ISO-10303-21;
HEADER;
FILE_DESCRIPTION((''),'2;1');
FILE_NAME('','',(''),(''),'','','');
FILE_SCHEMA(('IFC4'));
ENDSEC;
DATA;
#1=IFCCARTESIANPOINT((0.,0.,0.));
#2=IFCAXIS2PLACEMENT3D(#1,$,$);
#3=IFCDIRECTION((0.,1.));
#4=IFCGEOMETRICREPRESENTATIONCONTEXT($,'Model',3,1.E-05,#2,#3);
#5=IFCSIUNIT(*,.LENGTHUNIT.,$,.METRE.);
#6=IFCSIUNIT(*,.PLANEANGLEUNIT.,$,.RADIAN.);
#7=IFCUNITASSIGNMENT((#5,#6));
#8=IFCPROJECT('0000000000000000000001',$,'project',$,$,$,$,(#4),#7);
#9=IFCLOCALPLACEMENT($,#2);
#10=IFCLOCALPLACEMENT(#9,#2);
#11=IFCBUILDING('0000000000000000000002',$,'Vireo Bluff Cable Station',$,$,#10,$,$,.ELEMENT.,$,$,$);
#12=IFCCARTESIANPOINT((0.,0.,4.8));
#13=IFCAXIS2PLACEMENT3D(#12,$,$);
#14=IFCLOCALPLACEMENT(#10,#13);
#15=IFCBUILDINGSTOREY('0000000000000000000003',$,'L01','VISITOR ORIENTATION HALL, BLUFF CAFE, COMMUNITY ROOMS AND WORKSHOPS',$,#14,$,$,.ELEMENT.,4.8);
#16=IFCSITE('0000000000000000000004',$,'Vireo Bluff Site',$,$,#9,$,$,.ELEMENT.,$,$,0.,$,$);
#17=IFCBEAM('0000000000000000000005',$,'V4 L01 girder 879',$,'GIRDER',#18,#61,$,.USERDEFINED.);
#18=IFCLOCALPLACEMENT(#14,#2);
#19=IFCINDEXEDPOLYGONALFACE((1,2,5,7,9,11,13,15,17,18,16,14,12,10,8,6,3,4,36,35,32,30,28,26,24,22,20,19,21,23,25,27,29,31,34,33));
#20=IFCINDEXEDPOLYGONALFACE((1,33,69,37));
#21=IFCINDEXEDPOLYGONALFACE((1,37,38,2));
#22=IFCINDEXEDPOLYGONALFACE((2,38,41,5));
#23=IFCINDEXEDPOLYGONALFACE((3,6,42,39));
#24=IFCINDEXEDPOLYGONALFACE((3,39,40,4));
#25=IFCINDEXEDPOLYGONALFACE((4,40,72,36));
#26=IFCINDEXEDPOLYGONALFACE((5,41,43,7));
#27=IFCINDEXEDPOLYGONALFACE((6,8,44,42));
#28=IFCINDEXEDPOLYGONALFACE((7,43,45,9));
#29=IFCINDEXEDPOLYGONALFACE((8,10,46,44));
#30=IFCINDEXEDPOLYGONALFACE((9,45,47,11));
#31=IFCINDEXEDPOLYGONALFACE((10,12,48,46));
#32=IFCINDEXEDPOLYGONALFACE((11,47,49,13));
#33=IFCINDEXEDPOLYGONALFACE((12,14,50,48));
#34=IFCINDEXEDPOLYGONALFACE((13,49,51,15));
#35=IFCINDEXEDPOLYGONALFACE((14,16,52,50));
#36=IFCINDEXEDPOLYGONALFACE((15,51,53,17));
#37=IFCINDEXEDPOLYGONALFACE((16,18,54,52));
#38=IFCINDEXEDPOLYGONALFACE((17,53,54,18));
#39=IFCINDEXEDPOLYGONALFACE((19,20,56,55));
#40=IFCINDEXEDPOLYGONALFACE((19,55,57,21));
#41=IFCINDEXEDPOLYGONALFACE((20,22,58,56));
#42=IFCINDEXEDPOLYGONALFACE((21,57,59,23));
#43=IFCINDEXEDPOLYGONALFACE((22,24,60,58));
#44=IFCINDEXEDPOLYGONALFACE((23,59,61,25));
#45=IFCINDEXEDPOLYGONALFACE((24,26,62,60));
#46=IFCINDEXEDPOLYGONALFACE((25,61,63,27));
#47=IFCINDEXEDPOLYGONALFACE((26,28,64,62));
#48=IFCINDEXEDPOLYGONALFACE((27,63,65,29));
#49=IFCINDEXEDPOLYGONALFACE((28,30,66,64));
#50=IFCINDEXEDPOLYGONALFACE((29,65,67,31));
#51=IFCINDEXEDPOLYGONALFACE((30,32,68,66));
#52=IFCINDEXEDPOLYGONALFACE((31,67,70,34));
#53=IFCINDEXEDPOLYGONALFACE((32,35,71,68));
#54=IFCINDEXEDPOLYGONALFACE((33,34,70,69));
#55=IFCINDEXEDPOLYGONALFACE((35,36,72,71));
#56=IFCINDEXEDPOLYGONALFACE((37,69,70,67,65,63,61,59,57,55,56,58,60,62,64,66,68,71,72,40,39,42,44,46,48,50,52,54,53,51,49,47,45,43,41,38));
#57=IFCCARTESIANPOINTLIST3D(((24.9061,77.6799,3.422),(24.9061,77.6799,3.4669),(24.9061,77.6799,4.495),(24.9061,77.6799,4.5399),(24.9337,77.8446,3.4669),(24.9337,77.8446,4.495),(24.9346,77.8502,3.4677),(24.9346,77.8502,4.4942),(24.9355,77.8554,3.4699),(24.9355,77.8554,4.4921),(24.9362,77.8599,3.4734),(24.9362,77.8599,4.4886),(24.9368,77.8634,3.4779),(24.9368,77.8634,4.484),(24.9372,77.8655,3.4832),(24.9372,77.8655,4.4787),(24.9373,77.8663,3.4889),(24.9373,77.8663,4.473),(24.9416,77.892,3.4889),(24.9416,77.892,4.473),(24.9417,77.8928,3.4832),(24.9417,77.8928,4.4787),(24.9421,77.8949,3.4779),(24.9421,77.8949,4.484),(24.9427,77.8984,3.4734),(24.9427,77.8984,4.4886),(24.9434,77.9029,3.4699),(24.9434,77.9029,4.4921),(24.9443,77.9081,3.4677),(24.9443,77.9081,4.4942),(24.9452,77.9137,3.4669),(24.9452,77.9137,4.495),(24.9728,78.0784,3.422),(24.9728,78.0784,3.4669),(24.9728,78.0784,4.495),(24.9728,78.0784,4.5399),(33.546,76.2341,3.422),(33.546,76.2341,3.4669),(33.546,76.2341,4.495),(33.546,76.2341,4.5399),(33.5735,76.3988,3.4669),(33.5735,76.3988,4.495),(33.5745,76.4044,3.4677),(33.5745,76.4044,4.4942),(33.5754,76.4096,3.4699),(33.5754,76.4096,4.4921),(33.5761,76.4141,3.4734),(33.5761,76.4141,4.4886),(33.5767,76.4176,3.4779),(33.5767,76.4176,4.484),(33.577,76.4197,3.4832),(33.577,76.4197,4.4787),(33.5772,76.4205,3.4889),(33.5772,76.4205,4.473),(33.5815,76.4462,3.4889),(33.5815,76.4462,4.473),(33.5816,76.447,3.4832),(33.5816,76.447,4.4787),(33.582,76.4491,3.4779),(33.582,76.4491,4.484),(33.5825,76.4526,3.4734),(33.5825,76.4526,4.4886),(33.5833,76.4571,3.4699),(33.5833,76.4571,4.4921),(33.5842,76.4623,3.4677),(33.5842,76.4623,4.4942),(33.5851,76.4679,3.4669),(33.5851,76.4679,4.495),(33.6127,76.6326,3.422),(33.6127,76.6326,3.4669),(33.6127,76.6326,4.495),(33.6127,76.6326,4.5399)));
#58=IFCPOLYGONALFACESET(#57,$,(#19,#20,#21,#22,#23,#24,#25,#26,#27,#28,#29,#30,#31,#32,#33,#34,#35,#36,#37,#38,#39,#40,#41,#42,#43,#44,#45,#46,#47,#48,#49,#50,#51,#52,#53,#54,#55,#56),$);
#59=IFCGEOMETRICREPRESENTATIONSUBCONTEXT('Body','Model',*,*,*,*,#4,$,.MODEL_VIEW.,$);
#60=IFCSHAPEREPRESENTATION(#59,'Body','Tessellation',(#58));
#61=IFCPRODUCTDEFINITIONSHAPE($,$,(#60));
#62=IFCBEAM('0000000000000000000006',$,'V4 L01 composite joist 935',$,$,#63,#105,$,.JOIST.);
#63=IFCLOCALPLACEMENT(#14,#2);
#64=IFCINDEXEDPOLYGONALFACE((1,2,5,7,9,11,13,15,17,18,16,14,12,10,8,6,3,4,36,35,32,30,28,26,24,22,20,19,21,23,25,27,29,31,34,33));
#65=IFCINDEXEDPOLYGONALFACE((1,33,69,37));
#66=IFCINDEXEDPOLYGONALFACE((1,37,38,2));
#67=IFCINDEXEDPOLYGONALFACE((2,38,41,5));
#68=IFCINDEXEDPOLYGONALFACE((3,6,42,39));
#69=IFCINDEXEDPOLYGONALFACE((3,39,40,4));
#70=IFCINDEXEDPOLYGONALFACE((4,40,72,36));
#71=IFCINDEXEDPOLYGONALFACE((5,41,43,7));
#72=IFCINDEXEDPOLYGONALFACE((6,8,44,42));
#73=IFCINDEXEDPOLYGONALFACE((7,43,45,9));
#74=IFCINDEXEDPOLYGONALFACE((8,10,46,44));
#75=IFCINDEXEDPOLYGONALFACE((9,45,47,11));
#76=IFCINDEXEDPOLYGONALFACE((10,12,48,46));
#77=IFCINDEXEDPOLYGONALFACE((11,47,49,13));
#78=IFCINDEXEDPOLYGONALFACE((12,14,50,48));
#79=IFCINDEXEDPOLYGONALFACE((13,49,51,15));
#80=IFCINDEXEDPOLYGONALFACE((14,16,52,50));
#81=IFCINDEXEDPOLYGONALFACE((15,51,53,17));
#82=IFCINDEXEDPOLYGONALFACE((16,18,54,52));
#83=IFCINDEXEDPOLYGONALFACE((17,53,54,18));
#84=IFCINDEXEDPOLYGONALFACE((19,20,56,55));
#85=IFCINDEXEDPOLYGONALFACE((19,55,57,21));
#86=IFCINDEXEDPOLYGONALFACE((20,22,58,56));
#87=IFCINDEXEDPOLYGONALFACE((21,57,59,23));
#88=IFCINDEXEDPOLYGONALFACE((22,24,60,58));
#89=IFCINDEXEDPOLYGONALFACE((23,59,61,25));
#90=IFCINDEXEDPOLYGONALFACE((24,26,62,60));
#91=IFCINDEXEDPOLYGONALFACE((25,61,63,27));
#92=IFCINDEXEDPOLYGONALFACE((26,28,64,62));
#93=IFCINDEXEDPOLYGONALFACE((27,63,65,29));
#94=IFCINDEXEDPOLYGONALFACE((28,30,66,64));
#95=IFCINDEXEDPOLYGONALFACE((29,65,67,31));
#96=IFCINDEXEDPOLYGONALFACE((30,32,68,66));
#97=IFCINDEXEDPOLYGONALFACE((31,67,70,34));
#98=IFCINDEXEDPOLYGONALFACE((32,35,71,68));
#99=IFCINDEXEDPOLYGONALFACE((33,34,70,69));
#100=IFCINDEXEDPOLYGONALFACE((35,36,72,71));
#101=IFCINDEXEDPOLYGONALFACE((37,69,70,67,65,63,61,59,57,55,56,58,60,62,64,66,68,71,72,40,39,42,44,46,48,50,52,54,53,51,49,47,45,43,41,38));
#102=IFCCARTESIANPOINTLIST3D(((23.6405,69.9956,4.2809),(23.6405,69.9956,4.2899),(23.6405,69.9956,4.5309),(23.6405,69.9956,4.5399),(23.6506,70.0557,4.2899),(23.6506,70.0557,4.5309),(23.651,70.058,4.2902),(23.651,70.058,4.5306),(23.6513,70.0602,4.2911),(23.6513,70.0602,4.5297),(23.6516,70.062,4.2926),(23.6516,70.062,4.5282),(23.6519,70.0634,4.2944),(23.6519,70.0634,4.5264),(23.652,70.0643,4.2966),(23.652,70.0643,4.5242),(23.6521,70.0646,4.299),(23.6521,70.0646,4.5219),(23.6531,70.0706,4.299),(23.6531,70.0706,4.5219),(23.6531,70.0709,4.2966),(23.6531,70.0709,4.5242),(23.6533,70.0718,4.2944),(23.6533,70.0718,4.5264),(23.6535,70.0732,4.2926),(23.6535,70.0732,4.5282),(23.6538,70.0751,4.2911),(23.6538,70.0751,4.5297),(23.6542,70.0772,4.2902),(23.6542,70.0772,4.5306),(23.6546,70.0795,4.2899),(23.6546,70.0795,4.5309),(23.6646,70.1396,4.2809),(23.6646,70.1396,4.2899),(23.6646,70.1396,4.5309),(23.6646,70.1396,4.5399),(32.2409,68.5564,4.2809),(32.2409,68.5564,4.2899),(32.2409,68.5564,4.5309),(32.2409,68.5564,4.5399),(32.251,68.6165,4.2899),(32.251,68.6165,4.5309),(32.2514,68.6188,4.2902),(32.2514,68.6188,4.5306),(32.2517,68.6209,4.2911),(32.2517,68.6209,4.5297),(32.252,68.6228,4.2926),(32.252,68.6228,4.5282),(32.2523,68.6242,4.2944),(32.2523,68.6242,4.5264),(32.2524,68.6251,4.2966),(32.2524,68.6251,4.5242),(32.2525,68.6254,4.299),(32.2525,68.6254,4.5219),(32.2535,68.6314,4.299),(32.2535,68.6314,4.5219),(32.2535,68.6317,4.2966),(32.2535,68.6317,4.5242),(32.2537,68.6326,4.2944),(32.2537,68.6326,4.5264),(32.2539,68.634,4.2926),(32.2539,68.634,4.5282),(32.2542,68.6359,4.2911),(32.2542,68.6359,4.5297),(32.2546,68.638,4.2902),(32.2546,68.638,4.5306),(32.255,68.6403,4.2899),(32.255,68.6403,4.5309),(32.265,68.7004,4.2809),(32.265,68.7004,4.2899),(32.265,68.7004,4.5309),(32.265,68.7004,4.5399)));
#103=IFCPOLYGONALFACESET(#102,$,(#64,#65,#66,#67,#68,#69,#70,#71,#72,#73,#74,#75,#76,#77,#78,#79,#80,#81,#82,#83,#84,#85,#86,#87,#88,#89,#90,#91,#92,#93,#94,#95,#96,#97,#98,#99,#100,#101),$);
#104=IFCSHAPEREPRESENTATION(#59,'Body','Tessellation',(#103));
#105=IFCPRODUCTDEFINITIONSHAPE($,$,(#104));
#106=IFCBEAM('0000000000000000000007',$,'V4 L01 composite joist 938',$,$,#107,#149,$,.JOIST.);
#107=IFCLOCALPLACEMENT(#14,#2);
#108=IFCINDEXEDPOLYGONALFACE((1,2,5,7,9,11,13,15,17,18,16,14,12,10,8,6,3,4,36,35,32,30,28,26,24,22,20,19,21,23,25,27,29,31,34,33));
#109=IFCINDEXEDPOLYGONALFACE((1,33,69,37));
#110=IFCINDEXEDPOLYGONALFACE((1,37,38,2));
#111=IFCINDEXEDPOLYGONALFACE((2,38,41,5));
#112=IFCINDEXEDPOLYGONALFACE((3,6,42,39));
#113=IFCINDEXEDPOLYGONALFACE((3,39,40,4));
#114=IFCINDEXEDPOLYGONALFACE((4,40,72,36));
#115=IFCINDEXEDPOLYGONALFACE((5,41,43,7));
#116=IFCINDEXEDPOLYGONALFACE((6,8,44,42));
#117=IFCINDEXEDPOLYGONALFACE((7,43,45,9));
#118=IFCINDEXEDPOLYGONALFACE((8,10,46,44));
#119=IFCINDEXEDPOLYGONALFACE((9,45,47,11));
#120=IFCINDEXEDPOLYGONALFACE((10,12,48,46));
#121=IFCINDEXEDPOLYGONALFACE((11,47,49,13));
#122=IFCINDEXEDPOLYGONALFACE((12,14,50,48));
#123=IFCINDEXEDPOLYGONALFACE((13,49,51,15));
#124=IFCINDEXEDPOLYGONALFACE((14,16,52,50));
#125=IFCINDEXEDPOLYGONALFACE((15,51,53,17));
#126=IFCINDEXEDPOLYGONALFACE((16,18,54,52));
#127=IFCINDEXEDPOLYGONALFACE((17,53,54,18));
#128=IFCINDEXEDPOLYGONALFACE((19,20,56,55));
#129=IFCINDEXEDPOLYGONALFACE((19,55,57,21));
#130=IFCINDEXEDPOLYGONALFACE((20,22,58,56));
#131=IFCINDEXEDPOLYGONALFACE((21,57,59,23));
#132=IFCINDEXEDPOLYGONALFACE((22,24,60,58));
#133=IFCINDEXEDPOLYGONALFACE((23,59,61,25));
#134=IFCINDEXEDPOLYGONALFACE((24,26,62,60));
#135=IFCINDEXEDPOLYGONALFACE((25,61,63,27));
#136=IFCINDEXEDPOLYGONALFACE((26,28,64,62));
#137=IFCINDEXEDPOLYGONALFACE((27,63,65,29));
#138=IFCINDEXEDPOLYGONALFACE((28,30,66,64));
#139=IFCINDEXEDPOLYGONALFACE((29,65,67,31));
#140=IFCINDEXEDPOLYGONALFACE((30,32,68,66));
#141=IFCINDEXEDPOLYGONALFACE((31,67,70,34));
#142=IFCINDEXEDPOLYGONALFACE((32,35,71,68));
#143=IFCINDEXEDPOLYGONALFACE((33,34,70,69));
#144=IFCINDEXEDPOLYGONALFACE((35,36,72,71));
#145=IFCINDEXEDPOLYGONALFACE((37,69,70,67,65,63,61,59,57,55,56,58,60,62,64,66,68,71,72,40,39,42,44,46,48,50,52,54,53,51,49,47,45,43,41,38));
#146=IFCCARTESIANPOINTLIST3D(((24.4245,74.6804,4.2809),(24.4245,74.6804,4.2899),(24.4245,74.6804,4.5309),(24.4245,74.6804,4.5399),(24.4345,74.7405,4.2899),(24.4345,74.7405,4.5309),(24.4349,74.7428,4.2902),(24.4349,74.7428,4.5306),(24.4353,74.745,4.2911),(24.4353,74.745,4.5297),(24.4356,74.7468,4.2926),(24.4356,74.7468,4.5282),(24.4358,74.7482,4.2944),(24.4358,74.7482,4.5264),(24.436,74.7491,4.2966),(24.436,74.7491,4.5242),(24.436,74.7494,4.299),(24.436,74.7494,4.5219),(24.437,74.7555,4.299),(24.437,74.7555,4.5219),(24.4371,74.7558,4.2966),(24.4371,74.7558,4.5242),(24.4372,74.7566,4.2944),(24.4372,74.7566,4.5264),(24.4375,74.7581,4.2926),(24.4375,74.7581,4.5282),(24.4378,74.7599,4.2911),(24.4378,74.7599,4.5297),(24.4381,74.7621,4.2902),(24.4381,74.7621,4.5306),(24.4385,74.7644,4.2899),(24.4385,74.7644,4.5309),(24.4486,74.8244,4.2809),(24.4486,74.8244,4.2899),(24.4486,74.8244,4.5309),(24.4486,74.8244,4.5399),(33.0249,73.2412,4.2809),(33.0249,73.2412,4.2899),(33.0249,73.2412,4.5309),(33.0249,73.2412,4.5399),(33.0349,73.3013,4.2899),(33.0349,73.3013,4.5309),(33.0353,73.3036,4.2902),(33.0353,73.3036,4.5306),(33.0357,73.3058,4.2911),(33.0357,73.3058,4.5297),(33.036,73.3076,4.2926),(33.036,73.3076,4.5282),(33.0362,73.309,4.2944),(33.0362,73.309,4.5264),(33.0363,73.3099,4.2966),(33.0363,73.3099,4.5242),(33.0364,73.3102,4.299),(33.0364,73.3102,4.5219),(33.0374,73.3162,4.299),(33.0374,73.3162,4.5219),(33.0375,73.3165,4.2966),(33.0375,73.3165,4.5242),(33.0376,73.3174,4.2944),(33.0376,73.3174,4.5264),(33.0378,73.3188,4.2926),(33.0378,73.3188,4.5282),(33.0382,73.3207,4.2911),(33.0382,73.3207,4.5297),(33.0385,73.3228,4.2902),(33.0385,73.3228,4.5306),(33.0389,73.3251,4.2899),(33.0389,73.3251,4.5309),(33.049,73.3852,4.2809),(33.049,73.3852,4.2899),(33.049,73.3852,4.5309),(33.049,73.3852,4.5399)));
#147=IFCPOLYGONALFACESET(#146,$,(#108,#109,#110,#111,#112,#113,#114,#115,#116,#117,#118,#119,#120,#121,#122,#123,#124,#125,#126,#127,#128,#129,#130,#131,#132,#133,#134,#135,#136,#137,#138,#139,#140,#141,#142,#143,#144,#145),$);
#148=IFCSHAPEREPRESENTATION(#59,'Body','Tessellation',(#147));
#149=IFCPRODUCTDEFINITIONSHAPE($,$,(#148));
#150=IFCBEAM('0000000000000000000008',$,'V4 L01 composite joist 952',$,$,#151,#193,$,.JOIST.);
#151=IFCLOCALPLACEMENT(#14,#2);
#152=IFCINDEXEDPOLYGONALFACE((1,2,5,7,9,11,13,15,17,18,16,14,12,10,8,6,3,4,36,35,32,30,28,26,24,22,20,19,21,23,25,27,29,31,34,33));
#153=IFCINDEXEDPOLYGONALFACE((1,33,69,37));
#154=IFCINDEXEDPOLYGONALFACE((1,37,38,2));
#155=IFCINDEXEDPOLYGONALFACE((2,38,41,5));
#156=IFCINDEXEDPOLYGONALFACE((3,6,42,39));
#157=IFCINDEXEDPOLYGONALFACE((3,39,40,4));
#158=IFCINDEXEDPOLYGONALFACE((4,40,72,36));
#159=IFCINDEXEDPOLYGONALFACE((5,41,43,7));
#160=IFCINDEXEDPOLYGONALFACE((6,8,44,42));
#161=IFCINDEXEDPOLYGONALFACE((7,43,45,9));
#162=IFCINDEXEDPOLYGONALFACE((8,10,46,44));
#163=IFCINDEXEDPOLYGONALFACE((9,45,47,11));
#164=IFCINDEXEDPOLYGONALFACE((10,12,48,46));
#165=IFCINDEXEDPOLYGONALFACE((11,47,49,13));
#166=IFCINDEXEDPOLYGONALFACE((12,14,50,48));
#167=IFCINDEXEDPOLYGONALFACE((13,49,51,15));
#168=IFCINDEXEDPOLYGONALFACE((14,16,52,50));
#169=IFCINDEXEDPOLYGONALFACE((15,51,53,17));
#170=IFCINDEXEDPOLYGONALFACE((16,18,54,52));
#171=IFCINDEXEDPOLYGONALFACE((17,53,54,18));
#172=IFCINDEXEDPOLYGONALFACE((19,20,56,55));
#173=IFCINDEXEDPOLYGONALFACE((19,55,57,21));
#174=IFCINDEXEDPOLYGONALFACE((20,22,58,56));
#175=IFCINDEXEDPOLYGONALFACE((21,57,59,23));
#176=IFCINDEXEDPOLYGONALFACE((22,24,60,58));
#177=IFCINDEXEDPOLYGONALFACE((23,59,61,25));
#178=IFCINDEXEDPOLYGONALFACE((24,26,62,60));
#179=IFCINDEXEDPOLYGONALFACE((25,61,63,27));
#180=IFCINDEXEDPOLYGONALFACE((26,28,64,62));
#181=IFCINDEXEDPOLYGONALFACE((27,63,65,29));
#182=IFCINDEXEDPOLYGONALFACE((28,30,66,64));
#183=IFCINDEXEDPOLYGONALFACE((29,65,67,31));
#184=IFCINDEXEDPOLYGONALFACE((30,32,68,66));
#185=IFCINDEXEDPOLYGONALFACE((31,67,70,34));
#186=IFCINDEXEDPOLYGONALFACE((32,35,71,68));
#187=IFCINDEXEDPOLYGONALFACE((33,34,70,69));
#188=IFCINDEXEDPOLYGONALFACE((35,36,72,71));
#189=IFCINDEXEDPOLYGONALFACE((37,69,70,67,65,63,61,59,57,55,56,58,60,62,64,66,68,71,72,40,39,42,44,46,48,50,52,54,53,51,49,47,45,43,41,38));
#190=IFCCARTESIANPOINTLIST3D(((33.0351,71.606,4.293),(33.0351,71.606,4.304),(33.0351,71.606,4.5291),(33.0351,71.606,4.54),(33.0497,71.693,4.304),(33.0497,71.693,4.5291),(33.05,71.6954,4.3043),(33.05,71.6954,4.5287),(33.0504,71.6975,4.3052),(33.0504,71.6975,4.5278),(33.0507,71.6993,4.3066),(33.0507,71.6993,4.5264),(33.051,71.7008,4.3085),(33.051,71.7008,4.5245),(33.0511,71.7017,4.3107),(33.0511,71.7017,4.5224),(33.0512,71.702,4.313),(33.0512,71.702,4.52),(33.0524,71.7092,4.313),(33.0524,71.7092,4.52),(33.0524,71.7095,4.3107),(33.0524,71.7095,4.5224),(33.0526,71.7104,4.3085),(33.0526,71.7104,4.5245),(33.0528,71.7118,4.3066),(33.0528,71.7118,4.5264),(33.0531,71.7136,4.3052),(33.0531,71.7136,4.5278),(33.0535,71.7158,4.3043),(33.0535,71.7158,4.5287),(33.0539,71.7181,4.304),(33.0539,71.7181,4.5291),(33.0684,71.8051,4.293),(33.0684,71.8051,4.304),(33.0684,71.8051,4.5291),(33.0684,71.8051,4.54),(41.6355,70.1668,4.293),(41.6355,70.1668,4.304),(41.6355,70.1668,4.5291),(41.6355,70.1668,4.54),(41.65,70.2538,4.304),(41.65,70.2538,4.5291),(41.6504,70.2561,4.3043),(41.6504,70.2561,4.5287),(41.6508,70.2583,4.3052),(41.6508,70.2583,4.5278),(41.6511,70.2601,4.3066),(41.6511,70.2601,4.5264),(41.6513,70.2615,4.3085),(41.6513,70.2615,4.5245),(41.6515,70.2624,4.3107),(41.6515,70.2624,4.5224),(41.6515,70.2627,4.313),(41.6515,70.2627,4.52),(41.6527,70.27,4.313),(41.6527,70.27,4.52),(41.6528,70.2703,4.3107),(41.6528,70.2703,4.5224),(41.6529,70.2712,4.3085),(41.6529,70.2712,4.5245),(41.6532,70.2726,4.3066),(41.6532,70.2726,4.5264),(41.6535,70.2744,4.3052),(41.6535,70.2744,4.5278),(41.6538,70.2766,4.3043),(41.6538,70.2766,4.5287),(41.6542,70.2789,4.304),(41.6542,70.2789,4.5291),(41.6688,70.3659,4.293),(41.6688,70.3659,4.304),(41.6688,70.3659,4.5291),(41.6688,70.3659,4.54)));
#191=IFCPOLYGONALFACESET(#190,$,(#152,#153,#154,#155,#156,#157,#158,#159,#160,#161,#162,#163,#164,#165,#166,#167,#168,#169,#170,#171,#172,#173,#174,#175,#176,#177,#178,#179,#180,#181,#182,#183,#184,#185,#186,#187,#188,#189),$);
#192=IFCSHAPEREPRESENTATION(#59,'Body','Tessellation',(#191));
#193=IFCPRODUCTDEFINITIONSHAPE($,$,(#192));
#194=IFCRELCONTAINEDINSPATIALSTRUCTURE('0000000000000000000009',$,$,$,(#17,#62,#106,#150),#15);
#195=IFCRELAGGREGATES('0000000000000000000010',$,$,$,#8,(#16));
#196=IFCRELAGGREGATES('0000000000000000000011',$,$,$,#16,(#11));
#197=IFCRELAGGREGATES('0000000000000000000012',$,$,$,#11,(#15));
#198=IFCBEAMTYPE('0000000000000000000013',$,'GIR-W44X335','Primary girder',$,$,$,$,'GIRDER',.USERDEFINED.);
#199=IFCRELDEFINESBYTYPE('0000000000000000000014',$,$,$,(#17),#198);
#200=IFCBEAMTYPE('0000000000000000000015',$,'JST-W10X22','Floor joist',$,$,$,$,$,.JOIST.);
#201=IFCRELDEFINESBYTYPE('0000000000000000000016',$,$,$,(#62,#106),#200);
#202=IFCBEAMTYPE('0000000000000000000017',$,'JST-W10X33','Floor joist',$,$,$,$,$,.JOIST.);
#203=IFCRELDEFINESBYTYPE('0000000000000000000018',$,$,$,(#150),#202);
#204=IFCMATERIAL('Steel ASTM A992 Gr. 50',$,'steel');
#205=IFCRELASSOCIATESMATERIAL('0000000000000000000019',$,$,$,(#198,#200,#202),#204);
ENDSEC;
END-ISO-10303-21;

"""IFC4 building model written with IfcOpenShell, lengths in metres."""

from ifc_helpers import new_model, si_unit, direction, frame, origin, origin_2d, place, context, subcontext, project, spatial, i_section, extrude, material, material_profile, profile_set, type_object, element, save


model = new_model("IFC4")

# Units and contexts
model_context = context("Model", 3, precision=1e-05, world=origin(), true_north=direction((0.0, 1.0)))
body_context = subcontext(model_context, "Body", "Model", "MODEL_VIEW")
ifc_project = project(units=[si_unit("LENGTHUNIT", "METRE"), si_unit("PLANEANGLEUNIT", "RADIAN")], contexts=[model_context])

# Site, building, storey
site_placement = place(None, origin())
site = spatial("IfcSite", under=ifc_project, at=site_placement, Name="Vireo Bluff Site", CompositionType="ELEMENT", RefElevation=0.0)
building_placement = place(site_placement, origin())
building = spatial("IfcBuilding", under=site, at=building_placement, Name="Vireo Bluff Cable Station", CompositionType="ELEMENT")
storey_placement = place(building_placement, frame((0.0, 0.0, 4.8)))
storey = spatial("IfcBuildingStorey", under=building, at=storey_placement, Name="L01", Description="VISITOR ORIENTATION HALL, BLUFF CAFE, COMMUNITY ROOMS AND WORKSHOPS", CompositionType="ELEMENT", Elevation=4.8)

# Shared definitions
ifc_material_1 = material(Name="Steel ASTM A992 Gr. 50", Category="steel")

# Beams
ifc_material_profile_1 = material_profile(ifc_material_1, i_section(OverallWidth=0.4041, OverallDepth=1.1179, WebThickness=0.0261, FlangeThickness=0.0449, FilletRadius=0.022, at=origin_2d()), Name="W44X335")
ifc_profile_set_1 = profile_set([ifc_material_profile_1], Name="Steel ASTM A992 Gr. 50")
beam_type_1 = type_object("IfcBeamType", Name="GIR-W44X335", Description="Primary girder", ElementType="GIRDER", PredefinedType="USERDEFINED", material=ifc_profile_set_1)
beam_1_placement = place(storey_placement, frame((24.9395, 77.8792, 3.981), z_axis=(0.986286, -0.165045, 0.0), x_axis=(0.165045, 0.986286, 0.0)))
element("IfcBeam", 1, at=beam_1_placement, inside=storey, type_object=beam_type_1, Name="V4 L01 girder 879", ObjectType="GIRDER", PredefinedType="USERDEFINED", context=body_context, shape_type="SweptSolid", body=[
    extrude(i_section(OverallWidth=0.4041, OverallDepth=1.1179, WebThickness=0.0261, FlangeThickness=0.0449, FilletRadius=0.022, at=origin_2d()), origin(), (0.0, 0.0, 1.0), 8.76),
])
ifc_material_profile_2 = material_profile(ifc_material_1, i_section(OverallWidth=0.146, OverallDepth=0.259, WebThickness=0.0061, FlangeThickness=0.009, FilletRadius=0.009, at=origin_2d()), Name="W10X22")
ifc_profile_set_2 = profile_set([ifc_material_profile_2], Name="Steel ASTM A992 Gr. 50")
beam_type_2 = type_object("IfcBeamType", Name="JST-W10X22", Description="Floor joist", PredefinedType="JOIST", material=ifc_profile_set_2)
for number, where, z_axis, x_axis, name in (
    (2, (23.6526, 70.0676, 4.4104), (0.986286, -0.165048, 0.0), (0.165048, 0.986286, 0.0), "V4 L01 composite joist 935"),
    (3, (24.4365, 74.7524, 4.4104), (0.986286, -0.165048, 0.0), (0.165048, 0.986286, 0.0), "V4 L01 composite joist 938"),
):
    element("IfcBeam", number, at=place(storey_placement, frame(where, z_axis=z_axis, x_axis=x_axis)), inside=storey, type_object=beam_type_2, Name=name, PredefinedType="JOIST", context=body_context, shape_type="SweptSolid", body=[
        extrude(i_section(OverallWidth=0.146, OverallDepth=0.259, WebThickness=0.0061, FlangeThickness=0.009, FilletRadius=0.009, at=origin_2d()), origin(), (0.0, 0.0, 1.0), 8.72),
    ])
ifc_material_profile_3 = material_profile(ifc_material_1, i_section(OverallWidth=0.2019, OverallDepth=0.2471, WebThickness=0.0073, FlangeThickness=0.011, FilletRadius=0.009, at=origin_2d()), Name="W10X33")
ifc_profile_set_3 = profile_set([ifc_material_profile_3], Name="Steel ASTM A992 Gr. 50")
beam_type_3 = type_object("IfcBeamType", Name="JST-W10X33", Description="Floor joist", PredefinedType="JOIST", material=ifc_profile_set_3)
beam_2_placement = place(storey_placement, frame((33.0518, 71.7056, 4.4165), z_axis=(0.986286, -0.165048, 0.0), x_axis=(0.165048, 0.986286, 0.0)))
element("IfcBeam", 4, at=beam_2_placement, inside=storey, type_object=beam_type_3, Name="V4 L01 composite joist 952", PredefinedType="JOIST", context=body_context, shape_type="SweptSolid", body=[
    extrude(i_section(OverallWidth=0.2019, OverallDepth=0.2471, WebThickness=0.0073, FlangeThickness=0.011, FilletRadius=0.009, at=origin_2d()), origin(), (0.0, 0.0, 1.0), 8.72),
])

save(model, "model.ifc")
